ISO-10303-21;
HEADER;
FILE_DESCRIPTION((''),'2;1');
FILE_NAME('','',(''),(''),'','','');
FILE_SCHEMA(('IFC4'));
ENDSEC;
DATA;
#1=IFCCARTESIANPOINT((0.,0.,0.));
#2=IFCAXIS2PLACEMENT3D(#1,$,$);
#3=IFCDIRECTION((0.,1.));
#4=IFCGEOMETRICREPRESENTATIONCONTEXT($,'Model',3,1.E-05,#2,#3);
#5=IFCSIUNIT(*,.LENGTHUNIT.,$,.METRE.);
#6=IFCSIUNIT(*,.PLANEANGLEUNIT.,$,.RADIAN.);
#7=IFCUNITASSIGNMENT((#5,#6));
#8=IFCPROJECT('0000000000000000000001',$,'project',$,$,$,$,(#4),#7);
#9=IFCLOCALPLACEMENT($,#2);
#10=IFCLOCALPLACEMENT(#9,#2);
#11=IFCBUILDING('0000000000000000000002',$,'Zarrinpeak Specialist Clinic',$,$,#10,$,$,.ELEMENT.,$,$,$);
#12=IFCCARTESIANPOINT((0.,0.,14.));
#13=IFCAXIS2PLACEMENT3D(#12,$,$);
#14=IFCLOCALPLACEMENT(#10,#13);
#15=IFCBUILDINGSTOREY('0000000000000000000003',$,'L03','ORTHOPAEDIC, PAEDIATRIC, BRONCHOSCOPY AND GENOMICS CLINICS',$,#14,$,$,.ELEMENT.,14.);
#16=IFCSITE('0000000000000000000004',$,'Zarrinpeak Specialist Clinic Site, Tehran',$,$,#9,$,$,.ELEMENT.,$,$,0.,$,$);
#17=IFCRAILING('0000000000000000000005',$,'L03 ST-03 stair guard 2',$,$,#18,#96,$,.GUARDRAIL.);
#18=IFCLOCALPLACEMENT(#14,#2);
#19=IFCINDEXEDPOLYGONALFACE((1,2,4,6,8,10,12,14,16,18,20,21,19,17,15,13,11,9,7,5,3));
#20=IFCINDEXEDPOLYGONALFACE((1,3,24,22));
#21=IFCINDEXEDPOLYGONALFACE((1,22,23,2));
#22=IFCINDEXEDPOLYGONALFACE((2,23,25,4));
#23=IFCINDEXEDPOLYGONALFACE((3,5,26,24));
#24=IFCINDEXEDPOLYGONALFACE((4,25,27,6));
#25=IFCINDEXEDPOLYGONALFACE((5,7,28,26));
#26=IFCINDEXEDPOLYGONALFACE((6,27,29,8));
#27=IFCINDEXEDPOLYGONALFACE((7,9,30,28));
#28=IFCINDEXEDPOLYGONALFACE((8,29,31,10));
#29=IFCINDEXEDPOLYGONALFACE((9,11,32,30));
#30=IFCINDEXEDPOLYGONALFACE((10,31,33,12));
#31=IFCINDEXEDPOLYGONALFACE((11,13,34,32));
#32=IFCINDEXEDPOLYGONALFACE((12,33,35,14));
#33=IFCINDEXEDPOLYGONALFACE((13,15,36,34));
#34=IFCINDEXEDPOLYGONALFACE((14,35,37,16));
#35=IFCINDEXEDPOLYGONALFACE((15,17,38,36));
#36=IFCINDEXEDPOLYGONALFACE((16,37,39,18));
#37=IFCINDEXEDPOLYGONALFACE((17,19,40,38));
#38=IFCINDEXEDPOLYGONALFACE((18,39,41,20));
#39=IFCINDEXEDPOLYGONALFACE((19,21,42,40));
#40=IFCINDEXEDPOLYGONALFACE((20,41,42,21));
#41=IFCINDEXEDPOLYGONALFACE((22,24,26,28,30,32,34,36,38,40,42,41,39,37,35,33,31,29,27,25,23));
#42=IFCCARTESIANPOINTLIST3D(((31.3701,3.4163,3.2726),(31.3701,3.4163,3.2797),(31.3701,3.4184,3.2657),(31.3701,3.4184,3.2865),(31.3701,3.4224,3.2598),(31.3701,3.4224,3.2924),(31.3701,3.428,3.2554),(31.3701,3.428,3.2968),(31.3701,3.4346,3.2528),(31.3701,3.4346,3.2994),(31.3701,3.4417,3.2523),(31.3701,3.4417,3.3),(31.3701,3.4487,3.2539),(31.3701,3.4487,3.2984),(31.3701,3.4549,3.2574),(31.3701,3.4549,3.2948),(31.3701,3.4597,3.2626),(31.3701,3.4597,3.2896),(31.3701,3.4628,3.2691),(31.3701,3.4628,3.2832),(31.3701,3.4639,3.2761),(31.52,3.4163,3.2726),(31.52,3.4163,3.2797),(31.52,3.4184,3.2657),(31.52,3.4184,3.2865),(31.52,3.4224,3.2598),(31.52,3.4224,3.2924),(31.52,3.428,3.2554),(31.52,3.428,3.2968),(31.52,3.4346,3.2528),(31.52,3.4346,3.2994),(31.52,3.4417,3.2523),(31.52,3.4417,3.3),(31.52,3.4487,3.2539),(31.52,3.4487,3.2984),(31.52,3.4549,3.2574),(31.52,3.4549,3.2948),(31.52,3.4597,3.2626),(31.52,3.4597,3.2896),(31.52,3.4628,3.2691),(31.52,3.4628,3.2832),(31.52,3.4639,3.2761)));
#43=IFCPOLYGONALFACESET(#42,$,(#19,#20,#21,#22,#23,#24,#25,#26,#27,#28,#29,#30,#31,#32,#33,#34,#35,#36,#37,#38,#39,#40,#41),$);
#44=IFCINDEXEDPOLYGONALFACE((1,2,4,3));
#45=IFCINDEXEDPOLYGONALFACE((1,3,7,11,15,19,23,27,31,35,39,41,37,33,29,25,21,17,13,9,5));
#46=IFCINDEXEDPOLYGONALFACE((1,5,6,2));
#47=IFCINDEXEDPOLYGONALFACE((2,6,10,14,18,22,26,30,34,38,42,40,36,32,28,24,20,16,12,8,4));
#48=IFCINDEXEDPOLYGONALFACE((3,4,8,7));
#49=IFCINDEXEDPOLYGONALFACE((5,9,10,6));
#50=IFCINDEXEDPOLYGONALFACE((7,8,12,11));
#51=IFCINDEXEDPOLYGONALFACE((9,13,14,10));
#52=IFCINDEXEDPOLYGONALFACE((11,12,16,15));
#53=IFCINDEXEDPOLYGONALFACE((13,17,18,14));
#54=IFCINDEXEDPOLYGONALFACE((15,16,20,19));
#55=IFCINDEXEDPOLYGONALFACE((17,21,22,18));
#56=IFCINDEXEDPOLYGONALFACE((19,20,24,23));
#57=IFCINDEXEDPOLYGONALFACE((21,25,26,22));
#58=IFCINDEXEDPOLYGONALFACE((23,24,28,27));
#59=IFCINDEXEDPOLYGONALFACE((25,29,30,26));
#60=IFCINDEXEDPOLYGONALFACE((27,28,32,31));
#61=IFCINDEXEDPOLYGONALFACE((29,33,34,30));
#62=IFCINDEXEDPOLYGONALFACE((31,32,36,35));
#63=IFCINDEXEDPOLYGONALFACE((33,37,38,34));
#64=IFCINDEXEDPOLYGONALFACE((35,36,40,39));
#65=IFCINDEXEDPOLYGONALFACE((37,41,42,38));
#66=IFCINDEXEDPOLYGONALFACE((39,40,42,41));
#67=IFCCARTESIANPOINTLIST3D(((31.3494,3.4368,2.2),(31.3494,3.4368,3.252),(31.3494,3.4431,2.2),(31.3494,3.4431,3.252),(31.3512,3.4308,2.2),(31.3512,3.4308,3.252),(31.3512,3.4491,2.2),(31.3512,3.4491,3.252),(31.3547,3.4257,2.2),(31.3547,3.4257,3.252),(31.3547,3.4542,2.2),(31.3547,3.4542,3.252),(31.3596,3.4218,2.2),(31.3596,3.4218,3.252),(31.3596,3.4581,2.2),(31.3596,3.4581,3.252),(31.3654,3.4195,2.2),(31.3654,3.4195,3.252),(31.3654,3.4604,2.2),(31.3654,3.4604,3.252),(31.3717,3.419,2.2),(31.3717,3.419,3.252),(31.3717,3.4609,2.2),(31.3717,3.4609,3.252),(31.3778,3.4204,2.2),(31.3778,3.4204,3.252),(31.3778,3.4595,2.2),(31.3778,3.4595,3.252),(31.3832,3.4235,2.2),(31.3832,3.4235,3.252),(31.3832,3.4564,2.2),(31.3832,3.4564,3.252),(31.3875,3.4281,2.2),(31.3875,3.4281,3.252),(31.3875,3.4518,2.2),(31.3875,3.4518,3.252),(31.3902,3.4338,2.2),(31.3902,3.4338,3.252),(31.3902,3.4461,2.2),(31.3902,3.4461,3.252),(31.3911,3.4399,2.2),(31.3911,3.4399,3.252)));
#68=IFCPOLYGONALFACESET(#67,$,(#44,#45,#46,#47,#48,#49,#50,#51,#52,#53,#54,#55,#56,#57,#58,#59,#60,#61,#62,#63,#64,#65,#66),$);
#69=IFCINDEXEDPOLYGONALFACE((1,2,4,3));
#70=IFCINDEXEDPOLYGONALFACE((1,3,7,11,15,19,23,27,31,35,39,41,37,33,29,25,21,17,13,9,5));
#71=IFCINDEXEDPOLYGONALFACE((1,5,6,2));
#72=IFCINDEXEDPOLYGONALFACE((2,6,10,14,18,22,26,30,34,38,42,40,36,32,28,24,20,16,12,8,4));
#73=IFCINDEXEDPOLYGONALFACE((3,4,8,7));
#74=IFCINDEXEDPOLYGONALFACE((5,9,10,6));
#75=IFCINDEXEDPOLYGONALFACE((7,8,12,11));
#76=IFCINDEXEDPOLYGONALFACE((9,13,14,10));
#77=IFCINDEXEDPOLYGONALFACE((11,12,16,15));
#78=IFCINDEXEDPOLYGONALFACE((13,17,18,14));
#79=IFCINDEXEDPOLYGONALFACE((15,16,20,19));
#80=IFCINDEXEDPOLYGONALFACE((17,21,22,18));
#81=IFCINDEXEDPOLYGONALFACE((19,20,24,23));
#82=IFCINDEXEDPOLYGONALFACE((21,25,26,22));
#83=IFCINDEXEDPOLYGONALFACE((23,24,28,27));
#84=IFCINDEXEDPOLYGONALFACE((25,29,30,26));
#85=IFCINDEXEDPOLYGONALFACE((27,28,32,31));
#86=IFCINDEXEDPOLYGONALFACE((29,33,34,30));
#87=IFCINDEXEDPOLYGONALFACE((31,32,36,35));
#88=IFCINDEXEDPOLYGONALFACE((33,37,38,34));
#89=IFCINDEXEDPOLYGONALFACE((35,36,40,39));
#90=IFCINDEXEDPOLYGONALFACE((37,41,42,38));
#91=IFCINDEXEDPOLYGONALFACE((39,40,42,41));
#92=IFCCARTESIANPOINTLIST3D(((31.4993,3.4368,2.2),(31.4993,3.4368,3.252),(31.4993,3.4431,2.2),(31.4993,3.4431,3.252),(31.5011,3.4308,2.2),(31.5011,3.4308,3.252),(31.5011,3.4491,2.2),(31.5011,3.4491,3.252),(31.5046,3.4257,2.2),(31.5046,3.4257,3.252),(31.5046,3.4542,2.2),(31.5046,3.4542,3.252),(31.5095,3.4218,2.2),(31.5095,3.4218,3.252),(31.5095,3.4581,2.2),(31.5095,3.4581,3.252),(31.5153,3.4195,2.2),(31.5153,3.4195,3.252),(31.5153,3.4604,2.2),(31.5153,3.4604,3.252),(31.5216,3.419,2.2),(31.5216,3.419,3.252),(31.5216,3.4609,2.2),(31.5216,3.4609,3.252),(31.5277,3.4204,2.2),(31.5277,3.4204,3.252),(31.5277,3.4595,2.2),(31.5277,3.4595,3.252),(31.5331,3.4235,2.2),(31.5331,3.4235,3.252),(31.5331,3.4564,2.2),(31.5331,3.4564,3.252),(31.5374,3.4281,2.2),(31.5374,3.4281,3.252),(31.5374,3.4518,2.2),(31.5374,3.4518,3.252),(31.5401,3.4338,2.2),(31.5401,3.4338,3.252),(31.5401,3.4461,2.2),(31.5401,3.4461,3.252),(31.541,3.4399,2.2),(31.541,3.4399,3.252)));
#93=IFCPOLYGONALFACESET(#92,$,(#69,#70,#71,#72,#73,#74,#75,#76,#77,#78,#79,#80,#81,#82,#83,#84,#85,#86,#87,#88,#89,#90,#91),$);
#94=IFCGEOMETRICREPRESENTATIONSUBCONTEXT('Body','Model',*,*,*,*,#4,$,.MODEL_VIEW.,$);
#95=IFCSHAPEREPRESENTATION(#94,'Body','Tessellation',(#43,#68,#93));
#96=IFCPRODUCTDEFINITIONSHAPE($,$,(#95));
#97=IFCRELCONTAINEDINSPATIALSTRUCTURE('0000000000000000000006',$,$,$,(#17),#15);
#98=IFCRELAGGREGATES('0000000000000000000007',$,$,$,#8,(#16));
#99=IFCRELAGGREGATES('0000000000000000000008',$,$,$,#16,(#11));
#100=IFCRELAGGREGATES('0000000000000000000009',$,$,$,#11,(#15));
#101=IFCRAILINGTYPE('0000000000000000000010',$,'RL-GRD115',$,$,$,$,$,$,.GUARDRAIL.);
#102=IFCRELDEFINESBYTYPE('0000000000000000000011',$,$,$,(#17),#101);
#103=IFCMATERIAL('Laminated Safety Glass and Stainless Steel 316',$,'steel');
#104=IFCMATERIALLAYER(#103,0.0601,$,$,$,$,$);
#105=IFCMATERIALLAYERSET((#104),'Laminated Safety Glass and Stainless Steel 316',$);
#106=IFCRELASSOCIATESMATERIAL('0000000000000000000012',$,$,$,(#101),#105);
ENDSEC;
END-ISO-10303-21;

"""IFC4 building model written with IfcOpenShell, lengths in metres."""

from ifc_helpers import new_model, si_unit, direction, frame, origin, origin_2d, place, context, subcontext, project, spatial, circle, extrude, material, layer, layer_set, type_object, element, save


model = new_model("IFC4")

# Units and contexts
model_context = context("Model", 3, precision=1e-05, world=origin(), true_north=direction((0.0, 1.0)))
body_context = subcontext(model_context, "Body", "Model", "MODEL_VIEW")
ifc_project = project(units=[si_unit("LENGTHUNIT", "METRE"), si_unit("PLANEANGLEUNIT", "RADIAN")], contexts=[model_context])

# Site, building, storey
site_placement = place(None, origin())
site = spatial("IfcSite", under=ifc_project, at=site_placement, Name="Zarrinpeak Specialist Clinic Site, Tehran", CompositionType="ELEMENT", RefElevation=0.0)
building_placement = place(site_placement, origin())
building = spatial("IfcBuilding", under=site, at=building_placement, Name="Zarrinpeak Specialist Clinic", CompositionType="ELEMENT")
storey_placement = place(building_placement, frame((0.0, 0.0, 14.0)))
storey = spatial("IfcBuildingStorey", under=building, at=storey_placement, Name="L03", Description="ORTHOPAEDIC, PAEDIATRIC, BRONCHOSCOPY AND GENOMICS CLINICS", CompositionType="ELEMENT", Elevation=14.0)

# Railing
ifc_material_1 = material(Name="Laminated Safety Glass and Stainless Steel 316", Category="steel")
ifc_layer_1 = layer(ifc_material_1, 0.0601)
ifc_layer_set_1 = layer_set([ifc_layer_1], Name="Laminated Safety Glass and Stainless Steel 316")
railing_type_1 = type_object("IfcRailingType", Name="RL-GRD115", PredefinedType="GUARDRAIL", material=ifc_layer_set_1)
railing_1_placement = place(storey_placement, frame((31.3701, 3.4399, 2.2)))
element("IfcRailing", 1, at=railing_1_placement, inside=storey, type_object=railing_type_1, Name="L03 ST-03 stair guard 2", PredefinedType="GUARDRAIL", context=body_context, shape_type="SweptSolid", body=[
    extrude(circle(Radius=0.0239, at=origin_2d()), frame((0.0, 0.0, 1.0762), z_axis=(1.0, 0.0, 0.0), x_axis=(0.0, 1.0, 0.0)), (0.0, 0.0, 1.0), 0.1499),
    extrude(circle(Radius=0.021, at=origin_2d()), origin(), (0.0, 0.0, 1.0), 1.052),
    extrude(circle(Radius=0.021, at=origin_2d()), frame((0.1499, 0.0, 0.0)), (0.0, 0.0, 1.0), 1.052),
])

save(model, "model.ifc")
